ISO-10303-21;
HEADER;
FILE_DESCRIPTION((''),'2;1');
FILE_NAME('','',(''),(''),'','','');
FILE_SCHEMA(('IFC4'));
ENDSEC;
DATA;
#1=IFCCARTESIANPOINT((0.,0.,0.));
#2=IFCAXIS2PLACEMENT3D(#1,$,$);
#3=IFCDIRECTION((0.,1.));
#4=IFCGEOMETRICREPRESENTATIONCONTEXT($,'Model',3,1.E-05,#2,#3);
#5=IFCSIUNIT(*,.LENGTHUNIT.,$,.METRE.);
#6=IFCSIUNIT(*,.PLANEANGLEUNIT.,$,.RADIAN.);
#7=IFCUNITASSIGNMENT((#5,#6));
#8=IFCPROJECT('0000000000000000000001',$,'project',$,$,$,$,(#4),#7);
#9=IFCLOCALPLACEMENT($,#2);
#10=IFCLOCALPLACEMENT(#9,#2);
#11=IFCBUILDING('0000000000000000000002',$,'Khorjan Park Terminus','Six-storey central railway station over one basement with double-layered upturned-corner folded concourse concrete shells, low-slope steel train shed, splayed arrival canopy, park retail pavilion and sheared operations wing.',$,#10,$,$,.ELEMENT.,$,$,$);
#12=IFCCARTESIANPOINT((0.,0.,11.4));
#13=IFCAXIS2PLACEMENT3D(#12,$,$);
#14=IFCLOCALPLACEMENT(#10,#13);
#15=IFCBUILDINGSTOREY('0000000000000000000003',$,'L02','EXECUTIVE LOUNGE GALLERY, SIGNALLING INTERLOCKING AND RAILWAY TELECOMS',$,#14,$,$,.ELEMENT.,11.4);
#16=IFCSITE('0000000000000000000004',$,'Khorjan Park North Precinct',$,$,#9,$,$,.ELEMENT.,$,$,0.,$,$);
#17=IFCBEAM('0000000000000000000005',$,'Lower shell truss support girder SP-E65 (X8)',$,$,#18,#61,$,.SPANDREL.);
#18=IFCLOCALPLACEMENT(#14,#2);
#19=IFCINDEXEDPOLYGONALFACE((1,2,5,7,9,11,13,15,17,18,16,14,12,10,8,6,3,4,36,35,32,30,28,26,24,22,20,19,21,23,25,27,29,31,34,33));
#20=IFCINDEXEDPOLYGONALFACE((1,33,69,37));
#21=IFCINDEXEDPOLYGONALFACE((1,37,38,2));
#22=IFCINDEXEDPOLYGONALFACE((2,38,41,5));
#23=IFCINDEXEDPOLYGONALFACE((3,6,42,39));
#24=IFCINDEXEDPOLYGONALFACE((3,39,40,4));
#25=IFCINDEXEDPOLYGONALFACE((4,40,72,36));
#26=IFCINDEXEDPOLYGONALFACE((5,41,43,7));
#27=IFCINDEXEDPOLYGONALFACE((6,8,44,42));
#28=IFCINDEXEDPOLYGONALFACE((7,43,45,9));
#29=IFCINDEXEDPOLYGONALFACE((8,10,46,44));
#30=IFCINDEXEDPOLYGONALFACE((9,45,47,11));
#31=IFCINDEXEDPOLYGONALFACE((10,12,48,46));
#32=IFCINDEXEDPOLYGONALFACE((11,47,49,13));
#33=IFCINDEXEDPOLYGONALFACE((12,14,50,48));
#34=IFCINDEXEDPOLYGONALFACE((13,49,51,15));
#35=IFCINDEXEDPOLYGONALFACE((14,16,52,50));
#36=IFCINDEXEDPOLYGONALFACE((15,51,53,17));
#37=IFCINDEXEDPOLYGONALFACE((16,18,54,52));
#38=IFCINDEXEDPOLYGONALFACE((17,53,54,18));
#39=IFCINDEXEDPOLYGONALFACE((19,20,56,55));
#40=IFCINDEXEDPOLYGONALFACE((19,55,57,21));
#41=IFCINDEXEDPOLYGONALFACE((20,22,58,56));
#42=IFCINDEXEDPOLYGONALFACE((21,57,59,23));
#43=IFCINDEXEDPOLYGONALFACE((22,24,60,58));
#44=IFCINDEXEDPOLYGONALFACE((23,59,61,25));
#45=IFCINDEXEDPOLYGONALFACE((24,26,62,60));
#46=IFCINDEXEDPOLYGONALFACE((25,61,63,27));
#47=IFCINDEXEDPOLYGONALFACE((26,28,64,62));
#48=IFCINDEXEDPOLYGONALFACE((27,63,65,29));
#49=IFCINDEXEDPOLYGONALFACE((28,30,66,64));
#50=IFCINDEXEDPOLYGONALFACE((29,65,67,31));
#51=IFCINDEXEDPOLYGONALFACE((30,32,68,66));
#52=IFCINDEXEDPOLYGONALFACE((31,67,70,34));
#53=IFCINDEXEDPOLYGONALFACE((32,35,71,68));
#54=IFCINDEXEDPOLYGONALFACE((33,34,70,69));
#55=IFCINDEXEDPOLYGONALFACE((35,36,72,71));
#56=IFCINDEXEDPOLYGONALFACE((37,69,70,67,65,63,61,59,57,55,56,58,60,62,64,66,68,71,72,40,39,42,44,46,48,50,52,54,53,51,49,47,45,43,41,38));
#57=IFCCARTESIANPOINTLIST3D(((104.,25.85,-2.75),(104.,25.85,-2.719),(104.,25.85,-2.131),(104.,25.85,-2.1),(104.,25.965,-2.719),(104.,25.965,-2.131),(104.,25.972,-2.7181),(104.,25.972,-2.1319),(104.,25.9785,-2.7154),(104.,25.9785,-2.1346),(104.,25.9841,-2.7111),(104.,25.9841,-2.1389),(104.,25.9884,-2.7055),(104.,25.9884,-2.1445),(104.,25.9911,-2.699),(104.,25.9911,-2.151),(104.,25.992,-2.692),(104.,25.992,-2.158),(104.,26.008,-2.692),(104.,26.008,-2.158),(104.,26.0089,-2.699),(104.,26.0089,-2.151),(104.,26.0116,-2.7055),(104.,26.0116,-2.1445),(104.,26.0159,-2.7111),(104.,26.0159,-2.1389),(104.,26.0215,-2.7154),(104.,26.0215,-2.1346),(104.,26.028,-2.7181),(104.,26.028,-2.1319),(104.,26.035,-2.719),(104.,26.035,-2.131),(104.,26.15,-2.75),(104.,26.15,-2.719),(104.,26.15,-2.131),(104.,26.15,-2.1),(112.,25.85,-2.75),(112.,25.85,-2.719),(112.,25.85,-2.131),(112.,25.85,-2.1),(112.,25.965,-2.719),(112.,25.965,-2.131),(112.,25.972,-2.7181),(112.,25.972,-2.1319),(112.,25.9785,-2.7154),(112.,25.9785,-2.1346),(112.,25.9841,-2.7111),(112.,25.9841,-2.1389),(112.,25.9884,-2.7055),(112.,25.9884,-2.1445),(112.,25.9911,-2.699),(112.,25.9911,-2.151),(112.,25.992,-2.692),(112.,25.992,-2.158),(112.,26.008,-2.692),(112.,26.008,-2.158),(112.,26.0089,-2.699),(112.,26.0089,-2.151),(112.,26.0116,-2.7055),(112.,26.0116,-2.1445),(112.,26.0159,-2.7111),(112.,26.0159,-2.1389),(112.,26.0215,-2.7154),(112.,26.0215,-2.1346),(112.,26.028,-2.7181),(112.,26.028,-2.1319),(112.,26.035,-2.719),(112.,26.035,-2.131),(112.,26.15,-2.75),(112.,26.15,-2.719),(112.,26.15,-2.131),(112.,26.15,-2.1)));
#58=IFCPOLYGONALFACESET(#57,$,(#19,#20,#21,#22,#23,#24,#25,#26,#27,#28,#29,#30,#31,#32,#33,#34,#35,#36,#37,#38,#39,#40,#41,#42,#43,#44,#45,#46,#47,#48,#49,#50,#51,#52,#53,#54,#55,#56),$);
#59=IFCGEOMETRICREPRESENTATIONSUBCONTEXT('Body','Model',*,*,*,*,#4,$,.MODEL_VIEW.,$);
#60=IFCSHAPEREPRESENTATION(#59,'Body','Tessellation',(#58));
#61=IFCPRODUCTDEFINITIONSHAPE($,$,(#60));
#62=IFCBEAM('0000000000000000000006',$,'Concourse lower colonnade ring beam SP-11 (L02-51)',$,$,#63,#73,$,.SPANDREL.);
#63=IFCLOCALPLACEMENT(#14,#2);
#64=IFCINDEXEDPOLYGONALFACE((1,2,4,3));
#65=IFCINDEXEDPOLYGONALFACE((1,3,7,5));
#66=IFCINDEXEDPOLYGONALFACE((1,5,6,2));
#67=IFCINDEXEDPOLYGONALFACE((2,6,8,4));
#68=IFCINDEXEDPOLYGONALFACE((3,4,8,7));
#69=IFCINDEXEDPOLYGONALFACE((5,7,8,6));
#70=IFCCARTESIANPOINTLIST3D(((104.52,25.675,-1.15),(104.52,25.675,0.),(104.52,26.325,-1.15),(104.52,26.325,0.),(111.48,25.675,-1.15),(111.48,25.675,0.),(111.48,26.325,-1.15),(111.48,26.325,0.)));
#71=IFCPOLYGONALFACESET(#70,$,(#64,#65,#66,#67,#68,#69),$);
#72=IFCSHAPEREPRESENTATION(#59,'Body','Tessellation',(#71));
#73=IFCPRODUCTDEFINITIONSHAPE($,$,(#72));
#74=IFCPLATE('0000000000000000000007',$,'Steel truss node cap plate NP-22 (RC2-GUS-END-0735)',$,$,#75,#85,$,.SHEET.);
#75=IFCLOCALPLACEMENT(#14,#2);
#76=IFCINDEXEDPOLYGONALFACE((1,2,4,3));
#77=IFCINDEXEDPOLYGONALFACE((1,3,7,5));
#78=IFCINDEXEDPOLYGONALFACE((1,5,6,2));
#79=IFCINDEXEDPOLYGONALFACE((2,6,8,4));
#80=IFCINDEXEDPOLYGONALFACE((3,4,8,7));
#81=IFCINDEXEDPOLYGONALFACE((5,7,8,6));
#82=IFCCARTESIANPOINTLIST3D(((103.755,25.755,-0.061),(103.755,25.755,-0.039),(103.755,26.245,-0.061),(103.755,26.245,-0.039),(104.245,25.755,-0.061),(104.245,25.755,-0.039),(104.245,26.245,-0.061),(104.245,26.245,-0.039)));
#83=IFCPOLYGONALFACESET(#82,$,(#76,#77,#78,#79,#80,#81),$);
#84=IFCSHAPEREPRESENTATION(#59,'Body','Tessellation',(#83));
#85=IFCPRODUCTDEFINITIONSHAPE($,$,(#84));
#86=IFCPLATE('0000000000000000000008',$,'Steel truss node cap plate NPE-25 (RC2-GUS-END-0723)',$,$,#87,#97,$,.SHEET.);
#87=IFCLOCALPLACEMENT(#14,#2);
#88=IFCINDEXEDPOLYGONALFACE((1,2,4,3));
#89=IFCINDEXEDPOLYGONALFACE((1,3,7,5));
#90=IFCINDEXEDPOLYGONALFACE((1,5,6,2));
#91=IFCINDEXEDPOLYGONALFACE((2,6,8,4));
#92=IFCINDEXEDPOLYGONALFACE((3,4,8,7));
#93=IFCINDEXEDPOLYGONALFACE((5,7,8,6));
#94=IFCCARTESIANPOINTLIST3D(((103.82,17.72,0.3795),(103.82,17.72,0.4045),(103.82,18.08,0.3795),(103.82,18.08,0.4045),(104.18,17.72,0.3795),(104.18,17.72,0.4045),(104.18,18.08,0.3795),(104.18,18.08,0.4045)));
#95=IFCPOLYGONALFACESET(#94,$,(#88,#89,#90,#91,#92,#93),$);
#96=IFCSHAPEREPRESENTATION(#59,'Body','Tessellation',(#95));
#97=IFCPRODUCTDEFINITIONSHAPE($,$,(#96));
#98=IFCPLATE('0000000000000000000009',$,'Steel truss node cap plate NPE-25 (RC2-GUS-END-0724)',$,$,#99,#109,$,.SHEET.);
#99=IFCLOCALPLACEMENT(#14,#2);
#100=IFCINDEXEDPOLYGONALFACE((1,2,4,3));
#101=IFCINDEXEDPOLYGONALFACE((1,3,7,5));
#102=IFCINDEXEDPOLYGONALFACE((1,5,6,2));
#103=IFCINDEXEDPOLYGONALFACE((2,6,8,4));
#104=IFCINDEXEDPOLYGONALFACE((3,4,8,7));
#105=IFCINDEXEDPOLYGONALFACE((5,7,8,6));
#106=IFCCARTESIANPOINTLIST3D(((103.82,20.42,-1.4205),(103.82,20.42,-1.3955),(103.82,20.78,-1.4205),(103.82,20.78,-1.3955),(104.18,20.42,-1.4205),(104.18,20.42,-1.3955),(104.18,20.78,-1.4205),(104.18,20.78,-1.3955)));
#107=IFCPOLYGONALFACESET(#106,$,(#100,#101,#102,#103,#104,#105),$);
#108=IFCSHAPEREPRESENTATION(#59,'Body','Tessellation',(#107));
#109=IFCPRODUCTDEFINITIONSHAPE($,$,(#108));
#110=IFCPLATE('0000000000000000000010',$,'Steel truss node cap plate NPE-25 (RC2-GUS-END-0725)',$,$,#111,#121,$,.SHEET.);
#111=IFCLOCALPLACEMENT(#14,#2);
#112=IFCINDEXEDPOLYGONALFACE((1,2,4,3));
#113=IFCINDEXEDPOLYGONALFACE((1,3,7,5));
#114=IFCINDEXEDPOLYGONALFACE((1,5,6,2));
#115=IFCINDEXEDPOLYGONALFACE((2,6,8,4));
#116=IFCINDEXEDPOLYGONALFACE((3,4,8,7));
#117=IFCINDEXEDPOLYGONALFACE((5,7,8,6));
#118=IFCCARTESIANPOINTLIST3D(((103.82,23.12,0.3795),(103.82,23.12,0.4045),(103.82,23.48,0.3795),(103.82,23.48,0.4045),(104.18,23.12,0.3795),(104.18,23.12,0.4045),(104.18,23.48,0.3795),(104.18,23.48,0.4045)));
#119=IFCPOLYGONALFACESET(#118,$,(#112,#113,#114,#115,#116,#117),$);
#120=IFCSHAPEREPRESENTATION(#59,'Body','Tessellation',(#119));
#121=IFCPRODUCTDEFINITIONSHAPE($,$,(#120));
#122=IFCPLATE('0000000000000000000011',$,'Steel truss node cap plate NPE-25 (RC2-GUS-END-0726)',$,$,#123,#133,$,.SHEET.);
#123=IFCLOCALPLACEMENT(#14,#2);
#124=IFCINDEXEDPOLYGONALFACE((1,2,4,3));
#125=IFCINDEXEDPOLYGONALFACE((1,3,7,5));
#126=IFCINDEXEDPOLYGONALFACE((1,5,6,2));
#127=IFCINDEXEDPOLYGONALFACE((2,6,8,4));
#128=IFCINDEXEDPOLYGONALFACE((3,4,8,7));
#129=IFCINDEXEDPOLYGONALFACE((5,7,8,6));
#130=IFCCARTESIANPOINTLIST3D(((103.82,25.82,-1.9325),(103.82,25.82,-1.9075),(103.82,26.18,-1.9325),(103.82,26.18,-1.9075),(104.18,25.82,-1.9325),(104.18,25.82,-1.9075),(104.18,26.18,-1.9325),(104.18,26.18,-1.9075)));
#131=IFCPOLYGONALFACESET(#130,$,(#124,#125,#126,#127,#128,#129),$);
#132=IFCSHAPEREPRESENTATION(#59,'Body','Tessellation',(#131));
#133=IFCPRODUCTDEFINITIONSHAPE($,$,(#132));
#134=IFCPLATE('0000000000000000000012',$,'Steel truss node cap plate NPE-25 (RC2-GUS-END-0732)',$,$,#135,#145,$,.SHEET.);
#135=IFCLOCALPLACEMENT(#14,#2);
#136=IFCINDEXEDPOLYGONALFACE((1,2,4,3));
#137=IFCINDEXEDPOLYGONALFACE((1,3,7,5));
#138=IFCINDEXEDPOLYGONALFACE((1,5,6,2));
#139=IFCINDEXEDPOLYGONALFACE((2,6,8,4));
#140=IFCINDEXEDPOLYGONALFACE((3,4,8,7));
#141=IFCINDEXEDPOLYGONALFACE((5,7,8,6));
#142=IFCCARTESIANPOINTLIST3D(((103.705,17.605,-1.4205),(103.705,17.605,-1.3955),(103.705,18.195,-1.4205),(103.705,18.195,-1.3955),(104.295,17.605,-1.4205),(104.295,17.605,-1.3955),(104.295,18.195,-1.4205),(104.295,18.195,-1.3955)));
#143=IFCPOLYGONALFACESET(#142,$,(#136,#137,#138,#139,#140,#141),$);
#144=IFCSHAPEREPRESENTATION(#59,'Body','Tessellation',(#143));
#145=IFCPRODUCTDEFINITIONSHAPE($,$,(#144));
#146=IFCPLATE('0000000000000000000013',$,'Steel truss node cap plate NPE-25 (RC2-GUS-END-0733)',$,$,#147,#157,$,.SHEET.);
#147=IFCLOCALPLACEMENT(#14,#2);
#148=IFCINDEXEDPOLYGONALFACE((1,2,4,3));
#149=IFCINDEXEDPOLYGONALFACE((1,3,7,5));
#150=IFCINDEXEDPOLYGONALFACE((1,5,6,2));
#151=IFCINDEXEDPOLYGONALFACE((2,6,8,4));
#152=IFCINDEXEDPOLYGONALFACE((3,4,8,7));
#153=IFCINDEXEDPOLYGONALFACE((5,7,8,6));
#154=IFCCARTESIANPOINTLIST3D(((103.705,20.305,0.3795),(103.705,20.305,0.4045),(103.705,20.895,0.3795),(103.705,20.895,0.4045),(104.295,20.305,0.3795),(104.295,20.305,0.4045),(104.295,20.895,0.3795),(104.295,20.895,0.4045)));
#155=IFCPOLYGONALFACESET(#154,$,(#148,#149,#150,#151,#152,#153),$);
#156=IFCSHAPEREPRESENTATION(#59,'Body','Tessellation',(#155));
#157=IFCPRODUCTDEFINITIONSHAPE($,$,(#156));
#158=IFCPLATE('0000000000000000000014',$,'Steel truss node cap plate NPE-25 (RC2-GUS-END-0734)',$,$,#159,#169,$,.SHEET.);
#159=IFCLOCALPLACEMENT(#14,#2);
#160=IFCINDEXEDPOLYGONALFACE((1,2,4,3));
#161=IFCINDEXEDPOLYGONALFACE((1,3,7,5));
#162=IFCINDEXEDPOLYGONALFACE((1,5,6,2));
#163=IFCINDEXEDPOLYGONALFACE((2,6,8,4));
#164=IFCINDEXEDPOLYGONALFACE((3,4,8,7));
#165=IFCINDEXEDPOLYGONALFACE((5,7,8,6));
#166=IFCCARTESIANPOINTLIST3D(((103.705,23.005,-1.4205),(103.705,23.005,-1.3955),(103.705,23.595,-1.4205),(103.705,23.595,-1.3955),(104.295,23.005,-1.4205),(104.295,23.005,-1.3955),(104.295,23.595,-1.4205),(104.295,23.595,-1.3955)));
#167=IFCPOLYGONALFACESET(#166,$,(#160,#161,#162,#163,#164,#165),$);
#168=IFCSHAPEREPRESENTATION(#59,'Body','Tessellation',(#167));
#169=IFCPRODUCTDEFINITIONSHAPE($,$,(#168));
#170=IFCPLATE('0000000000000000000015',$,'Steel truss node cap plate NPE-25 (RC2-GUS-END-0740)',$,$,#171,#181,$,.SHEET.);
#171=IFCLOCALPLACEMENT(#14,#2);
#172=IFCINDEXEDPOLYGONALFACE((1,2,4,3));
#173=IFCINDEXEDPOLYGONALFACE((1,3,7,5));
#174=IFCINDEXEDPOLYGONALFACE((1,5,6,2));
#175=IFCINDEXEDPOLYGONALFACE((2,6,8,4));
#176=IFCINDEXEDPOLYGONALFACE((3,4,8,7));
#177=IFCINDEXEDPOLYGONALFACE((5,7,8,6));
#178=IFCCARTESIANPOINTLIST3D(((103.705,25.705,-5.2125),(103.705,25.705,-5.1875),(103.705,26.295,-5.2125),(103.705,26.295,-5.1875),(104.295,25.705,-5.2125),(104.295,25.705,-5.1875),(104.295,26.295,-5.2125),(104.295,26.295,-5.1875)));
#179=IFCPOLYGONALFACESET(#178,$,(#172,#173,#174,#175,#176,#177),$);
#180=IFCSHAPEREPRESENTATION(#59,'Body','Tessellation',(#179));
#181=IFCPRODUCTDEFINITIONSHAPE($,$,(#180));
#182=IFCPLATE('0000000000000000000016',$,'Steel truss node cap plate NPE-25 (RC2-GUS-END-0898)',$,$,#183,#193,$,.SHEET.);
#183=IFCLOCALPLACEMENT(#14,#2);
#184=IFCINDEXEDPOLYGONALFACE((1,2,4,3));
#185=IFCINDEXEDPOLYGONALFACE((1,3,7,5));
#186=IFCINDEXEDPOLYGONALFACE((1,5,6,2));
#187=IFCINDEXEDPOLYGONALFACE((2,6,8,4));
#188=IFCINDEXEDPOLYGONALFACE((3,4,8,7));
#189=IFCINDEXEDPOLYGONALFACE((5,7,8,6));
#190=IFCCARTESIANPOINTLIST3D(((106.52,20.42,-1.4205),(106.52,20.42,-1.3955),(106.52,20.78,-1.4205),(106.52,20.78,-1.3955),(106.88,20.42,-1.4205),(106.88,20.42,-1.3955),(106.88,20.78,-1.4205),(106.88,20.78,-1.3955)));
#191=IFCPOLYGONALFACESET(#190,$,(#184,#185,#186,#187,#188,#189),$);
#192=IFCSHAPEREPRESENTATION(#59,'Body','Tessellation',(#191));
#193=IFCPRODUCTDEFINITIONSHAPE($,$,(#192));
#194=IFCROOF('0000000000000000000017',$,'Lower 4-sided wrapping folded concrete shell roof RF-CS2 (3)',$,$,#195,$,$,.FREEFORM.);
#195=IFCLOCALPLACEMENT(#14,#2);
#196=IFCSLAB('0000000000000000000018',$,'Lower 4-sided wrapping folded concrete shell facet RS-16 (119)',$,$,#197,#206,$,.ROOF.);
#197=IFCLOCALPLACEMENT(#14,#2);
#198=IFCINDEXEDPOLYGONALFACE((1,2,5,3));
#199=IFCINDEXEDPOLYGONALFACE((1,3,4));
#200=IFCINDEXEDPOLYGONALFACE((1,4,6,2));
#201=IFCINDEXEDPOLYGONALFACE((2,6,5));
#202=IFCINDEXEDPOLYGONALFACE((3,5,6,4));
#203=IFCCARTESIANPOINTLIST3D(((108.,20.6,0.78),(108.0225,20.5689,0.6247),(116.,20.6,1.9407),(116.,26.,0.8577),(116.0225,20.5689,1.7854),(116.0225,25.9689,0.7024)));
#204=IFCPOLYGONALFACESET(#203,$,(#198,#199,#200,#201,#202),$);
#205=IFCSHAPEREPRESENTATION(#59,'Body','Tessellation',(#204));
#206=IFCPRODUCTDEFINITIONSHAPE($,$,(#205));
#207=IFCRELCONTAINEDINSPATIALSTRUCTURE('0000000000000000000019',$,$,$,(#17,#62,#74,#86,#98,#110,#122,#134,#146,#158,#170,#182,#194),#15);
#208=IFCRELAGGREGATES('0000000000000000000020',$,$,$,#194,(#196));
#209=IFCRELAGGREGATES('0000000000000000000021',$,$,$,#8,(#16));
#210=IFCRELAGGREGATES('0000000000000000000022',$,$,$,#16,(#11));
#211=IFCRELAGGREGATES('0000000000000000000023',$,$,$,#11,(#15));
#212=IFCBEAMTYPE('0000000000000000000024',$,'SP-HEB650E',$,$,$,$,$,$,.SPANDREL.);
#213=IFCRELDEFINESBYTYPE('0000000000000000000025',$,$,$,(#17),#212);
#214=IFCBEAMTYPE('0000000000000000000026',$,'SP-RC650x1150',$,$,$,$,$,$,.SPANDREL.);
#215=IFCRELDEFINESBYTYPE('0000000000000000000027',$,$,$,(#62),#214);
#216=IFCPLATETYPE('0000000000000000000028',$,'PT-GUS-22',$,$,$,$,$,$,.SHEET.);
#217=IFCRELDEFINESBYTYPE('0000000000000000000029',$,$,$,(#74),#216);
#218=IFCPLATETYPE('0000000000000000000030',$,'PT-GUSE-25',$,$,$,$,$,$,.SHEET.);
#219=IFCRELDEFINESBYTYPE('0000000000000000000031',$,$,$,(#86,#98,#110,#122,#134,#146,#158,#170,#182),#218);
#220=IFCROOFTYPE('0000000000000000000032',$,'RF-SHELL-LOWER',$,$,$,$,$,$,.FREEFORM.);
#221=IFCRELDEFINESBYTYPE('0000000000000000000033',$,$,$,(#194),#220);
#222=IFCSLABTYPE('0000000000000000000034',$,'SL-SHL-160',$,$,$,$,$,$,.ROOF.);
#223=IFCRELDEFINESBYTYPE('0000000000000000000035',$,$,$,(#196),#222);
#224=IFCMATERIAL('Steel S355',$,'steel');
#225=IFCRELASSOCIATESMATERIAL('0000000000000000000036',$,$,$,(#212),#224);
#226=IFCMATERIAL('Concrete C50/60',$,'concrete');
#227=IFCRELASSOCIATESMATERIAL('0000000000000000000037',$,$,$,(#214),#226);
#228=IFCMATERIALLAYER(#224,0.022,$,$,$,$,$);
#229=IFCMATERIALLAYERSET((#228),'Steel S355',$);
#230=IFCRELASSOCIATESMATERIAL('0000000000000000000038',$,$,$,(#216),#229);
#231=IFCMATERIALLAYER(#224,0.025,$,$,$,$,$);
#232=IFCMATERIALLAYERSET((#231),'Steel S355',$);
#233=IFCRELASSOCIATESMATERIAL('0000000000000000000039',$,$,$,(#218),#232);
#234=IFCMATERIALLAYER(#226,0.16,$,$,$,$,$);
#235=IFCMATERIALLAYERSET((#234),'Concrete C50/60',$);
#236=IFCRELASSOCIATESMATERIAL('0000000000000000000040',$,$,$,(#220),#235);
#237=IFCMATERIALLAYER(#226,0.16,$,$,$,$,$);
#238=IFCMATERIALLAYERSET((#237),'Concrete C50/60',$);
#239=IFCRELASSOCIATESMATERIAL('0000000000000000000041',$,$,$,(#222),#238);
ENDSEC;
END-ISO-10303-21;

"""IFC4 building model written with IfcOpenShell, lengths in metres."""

from ifc_helpers import new_model, si_unit, direction, frame, origin, origin_2d, place, context, subcontext, project, spatial, polyline, rectangle, i_section, outline, extrude, material, layer, layer_set, material_profile, profile_set, type_object, element, aggregate, save


model = new_model("IFC4")

# Units and contexts
model_context = context("Model", 3, precision=1e-05, world=origin(), true_north=direction((0.0, 1.0)))
body_context = subcontext(model_context, "Body", "Model", "MODEL_VIEW")
ifc_project = project(units=[si_unit("LENGTHUNIT", "METRE"), si_unit("PLANEANGLEUNIT", "RADIAN")], contexts=[model_context])

# Site, building, storey
site_placement = place(None, origin())
site = spatial("IfcSite", under=ifc_project, at=site_placement, Name="Khorjan Park North Precinct", CompositionType="ELEMENT", RefElevation=0.0)
building_placement = place(site_placement, origin())
building = spatial("IfcBuilding", under=site, at=building_placement, Name="Khorjan Park Terminus", Description="Six-storey central railway station over one basement with double-layered upturned-corner folded concourse concrete shells, low-slope steel train shed, splayed arrival canopy, park retail pavilion and sheared operations wing.", CompositionType="ELEMENT")
storey_placement = place(building_placement, frame((0.0, 0.0, 11.4)))
storey = spatial("IfcBuildingStorey", under=building, at=storey_placement, Name="L02", Description="EXECUTIVE LOUNGE GALLERY, SIGNALLING INTERLOCKING AND RAILWAY TELECOMS", CompositionType="ELEMENT", Elevation=11.4)

# Shared definitions
ifc_material_1 = material(Name="Concrete C50/60", Category="concrete")

# Shared definitions
ifc_material_2 = material(Name="Steel S355", Category="steel")

# Beams
ifc_material_profile_1 = material_profile(ifc_material_2, i_section(OverallWidth=0.3, OverallDepth=0.65, WebThickness=0.016, FlangeThickness=0.031, FilletRadius=0.027, at=origin_2d()), Name="HEB 650")
ifc_profile_set_1 = profile_set([ifc_material_profile_1], Name="Steel S355")
beam_type_1 = type_object("IfcBeamType", Name="SP-HEB650E", PredefinedType="SPANDREL", material=ifc_profile_set_1)
beam_1_placement = place(storey_placement, frame((104.0, 26.0, -2.425), z_axis=(1.0, 0.0, 0.0), x_axis=(0.0, 1.0, 0.0)))
element("IfcBeam", 1, at=beam_1_placement, inside=storey, type_object=beam_type_1, Name="Lower shell truss support girder SP-E65 (X8)", PredefinedType="SPANDREL", context=body_context, shape_type="SweptSolid", body=[
    extrude(i_section(OverallWidth=0.3, OverallDepth=0.65, WebThickness=0.016, FlangeThickness=0.031, FilletRadius=0.027, at=origin_2d()), origin(), (0.0, 0.0, 1.0), 8.0),
])
ifc_material_profile_2 = material_profile(ifc_material_1, rectangle(XDim=0.65, YDim=1.15, at=origin_2d()), Name="RC 650x1150")
ifc_profile_set_2 = profile_set([ifc_material_profile_2], Name="Concrete C50/60")
beam_type_2 = type_object("IfcBeamType", Name="SP-RC650x1150", PredefinedType="SPANDREL", material=ifc_profile_set_2)
beam_2_placement = place(storey_placement, frame((104.52, 26.0, -0.575), z_axis=(1.0, 0.0, 0.0), x_axis=(0.0, 1.0, 0.0)))
element("IfcBeam", 2, at=beam_2_placement, inside=storey, type_object=beam_type_2, Name="Concourse lower colonnade ring beam SP-11 (L02-51)", PredefinedType="SPANDREL", context=body_context, shape_type="SweptSolid", body=[
    extrude(rectangle(XDim=0.65, YDim=1.15, at=origin_2d()), origin(), (0.0, 0.0, 1.0), 6.96),
])

# Plates
ifc_layer_1 = layer(ifc_material_2, 0.022)
ifc_layer_set_1 = layer_set([ifc_layer_1], Name="Steel S355")
plate_type_1 = type_object("IfcPlateType", Name="PT-GUS-22", PredefinedType="SHEET", material=ifc_layer_set_1)
plate_1_placement = place(storey_placement, frame((104.0, 26.0, -0.061), z_axis=(0.0, 0.0, 1.0), x_axis=(1.0, 0.0, 0.0)))
element("IfcPlate", 3, at=plate_1_placement, inside=storey, type_object=plate_type_1, Name="Steel truss node cap plate NP-22 (RC2-GUS-END-0735)", PredefinedType="SHEET", context=body_context, shape_type="SweptSolid", body=[
    extrude(rectangle(XDim=0.49, YDim=0.49, at=origin_2d()), origin(), (0.0, 0.0, 1.0), 0.022),
])
ifc_layer_2 = layer(ifc_material_2, 0.025)
ifc_layer_set_2 = layer_set([ifc_layer_2], Name="Steel S355")
plate_type_2 = type_object("IfcPlateType", Name="PT-GUSE-25", PredefinedType="SHEET", material=ifc_layer_set_2)
for number, where, z_axis, x_axis, name in (
    (4, (104.0, 17.9, 0.3795), (0.0, 0.0, 1.0), (1.0, 0.0, 0.0), "Steel truss node cap plate NPE-25 (RC2-GUS-END-0723)"),
    (5, (104.0, 20.6, -1.4205), (0.0, 0.0, 1.0), (1.0, 0.0, 0.0), "Steel truss node cap plate NPE-25 (RC2-GUS-END-0724)"),
    (6, (104.0, 23.3, 0.3795), (0.0, 0.0, 1.0), (1.0, 0.0, 0.0), "Steel truss node cap plate NPE-25 (RC2-GUS-END-0725)"),
    (7, (104.0, 26.0, -1.9325), (0.0, 0.0, 1.0), (1.0, 0.0, 0.0), "Steel truss node cap plate NPE-25 (RC2-GUS-END-0726)"),
):
    element("IfcPlate", number, at=place(storey_placement, frame(where, z_axis=z_axis, x_axis=x_axis)), inside=storey, type_object=plate_type_2, Name=name, PredefinedType="SHEET", context=body_context, shape_type="SweptSolid", body=[
        extrude(rectangle(XDim=0.36, YDim=0.36, at=origin_2d()), origin(), (0.0, 0.0, 1.0), 0.025),
    ])
for number, where, z_axis, x_axis, name in (
    (8, (104.0, 17.9, -1.4205), (0.0, 0.0, 1.0), (1.0, 0.0, 0.0), "Steel truss node cap plate NPE-25 (RC2-GUS-END-0732)"),
    (9, (104.0, 20.6, 0.3795), (0.0, 0.0, 1.0), (1.0, 0.0, 0.0), "Steel truss node cap plate NPE-25 (RC2-GUS-END-0733)"),
    (10, (104.0, 23.3, -1.4205), (0.0, 0.0, 1.0), (1.0, 0.0, 0.0), "Steel truss node cap plate NPE-25 (RC2-GUS-END-0734)"),
    (11, (104.0, 26.0, -5.2125), (0.0, 0.0, 1.0), (1.0, 0.0, 0.0), "Steel truss node cap plate NPE-25 (RC2-GUS-END-0740)"),
):
    element("IfcPlate", number, at=place(storey_placement, frame(where, z_axis=z_axis, x_axis=x_axis)), inside=storey, type_object=plate_type_2, Name=name, PredefinedType="SHEET", context=body_context, shape_type="SweptSolid", body=[
        extrude(rectangle(XDim=0.59, YDim=0.59, at=origin_2d()), origin(), (0.0, 0.0, 1.0), 0.025),
    ])
plate_2_placement = place(storey_placement, frame((106.7, 20.6, -1.4205), z_axis=(0.0, 0.0, 1.0), x_axis=(1.0, 0.0, 0.0)))
element("IfcPlate", 12, at=plate_2_placement, inside=storey, type_object=plate_type_2, Name="Steel truss node cap plate NPE-25 (RC2-GUS-END-0898)", PredefinedType="SHEET", context=body_context, shape_type="SweptSolid", body=[
    extrude(rectangle(XDim=0.36, YDim=0.36, at=origin_2d()), origin(), (0.0, 0.0, 1.0), 0.025),
])

# Roof, slab
ifc_layer_3 = layer(ifc_material_1, 0.16)
ifc_layer_set_3 = layer_set([ifc_layer_3], Name="Concrete C50/60")
roof_type = type_object("IfcRoofType", Name="RF-SHELL-LOWER", PredefinedType="FREEFORM", material=ifc_layer_set_3)
roof_placement = place(storey_placement, origin())
roof = element("IfcRoof", 13, at=roof_placement, inside=storey, type_object=roof_type, Name="Lower 4-sided wrapping folded concrete shell roof RF-CS2 (3)", PredefinedType="FREEFORM")
ifc_layer_4 = layer(ifc_material_1, 0.16)
ifc_layer_set_4 = layer_set([ifc_layer_4], Name="Concrete C50/60")
slab_type = type_object("IfcSlabType", Name="SL-SHL-160", PredefinedType="ROOF", material=ifc_layer_set_4)
slab_1_placement = place(storey_placement, frame((108.0, 20.6, 0.78), z_axis=(-0.140837, 0.19468, 0.970703), x_axis=(0.989638, 0.0, 0.143584)))
slab_1 = element("IfcSlab", 14, at=slab_1_placement, type_object=slab_type, Name="Lower 4-sided wrapping folded concrete shell facet RS-16 (119)", PredefinedType="ROOF", context=body_context, shape_type="SweptSolid", body=[
    extrude(outline(polyline([(0.0, 0.0), (8.0838, 0.0), (7.9283, 5.5053), (0.0, 0.0)])), origin(), (0.0, 0.0, -1.0), 0.16),
])
aggregate(roof, [slab_1])

save(model, "model.ifc")
